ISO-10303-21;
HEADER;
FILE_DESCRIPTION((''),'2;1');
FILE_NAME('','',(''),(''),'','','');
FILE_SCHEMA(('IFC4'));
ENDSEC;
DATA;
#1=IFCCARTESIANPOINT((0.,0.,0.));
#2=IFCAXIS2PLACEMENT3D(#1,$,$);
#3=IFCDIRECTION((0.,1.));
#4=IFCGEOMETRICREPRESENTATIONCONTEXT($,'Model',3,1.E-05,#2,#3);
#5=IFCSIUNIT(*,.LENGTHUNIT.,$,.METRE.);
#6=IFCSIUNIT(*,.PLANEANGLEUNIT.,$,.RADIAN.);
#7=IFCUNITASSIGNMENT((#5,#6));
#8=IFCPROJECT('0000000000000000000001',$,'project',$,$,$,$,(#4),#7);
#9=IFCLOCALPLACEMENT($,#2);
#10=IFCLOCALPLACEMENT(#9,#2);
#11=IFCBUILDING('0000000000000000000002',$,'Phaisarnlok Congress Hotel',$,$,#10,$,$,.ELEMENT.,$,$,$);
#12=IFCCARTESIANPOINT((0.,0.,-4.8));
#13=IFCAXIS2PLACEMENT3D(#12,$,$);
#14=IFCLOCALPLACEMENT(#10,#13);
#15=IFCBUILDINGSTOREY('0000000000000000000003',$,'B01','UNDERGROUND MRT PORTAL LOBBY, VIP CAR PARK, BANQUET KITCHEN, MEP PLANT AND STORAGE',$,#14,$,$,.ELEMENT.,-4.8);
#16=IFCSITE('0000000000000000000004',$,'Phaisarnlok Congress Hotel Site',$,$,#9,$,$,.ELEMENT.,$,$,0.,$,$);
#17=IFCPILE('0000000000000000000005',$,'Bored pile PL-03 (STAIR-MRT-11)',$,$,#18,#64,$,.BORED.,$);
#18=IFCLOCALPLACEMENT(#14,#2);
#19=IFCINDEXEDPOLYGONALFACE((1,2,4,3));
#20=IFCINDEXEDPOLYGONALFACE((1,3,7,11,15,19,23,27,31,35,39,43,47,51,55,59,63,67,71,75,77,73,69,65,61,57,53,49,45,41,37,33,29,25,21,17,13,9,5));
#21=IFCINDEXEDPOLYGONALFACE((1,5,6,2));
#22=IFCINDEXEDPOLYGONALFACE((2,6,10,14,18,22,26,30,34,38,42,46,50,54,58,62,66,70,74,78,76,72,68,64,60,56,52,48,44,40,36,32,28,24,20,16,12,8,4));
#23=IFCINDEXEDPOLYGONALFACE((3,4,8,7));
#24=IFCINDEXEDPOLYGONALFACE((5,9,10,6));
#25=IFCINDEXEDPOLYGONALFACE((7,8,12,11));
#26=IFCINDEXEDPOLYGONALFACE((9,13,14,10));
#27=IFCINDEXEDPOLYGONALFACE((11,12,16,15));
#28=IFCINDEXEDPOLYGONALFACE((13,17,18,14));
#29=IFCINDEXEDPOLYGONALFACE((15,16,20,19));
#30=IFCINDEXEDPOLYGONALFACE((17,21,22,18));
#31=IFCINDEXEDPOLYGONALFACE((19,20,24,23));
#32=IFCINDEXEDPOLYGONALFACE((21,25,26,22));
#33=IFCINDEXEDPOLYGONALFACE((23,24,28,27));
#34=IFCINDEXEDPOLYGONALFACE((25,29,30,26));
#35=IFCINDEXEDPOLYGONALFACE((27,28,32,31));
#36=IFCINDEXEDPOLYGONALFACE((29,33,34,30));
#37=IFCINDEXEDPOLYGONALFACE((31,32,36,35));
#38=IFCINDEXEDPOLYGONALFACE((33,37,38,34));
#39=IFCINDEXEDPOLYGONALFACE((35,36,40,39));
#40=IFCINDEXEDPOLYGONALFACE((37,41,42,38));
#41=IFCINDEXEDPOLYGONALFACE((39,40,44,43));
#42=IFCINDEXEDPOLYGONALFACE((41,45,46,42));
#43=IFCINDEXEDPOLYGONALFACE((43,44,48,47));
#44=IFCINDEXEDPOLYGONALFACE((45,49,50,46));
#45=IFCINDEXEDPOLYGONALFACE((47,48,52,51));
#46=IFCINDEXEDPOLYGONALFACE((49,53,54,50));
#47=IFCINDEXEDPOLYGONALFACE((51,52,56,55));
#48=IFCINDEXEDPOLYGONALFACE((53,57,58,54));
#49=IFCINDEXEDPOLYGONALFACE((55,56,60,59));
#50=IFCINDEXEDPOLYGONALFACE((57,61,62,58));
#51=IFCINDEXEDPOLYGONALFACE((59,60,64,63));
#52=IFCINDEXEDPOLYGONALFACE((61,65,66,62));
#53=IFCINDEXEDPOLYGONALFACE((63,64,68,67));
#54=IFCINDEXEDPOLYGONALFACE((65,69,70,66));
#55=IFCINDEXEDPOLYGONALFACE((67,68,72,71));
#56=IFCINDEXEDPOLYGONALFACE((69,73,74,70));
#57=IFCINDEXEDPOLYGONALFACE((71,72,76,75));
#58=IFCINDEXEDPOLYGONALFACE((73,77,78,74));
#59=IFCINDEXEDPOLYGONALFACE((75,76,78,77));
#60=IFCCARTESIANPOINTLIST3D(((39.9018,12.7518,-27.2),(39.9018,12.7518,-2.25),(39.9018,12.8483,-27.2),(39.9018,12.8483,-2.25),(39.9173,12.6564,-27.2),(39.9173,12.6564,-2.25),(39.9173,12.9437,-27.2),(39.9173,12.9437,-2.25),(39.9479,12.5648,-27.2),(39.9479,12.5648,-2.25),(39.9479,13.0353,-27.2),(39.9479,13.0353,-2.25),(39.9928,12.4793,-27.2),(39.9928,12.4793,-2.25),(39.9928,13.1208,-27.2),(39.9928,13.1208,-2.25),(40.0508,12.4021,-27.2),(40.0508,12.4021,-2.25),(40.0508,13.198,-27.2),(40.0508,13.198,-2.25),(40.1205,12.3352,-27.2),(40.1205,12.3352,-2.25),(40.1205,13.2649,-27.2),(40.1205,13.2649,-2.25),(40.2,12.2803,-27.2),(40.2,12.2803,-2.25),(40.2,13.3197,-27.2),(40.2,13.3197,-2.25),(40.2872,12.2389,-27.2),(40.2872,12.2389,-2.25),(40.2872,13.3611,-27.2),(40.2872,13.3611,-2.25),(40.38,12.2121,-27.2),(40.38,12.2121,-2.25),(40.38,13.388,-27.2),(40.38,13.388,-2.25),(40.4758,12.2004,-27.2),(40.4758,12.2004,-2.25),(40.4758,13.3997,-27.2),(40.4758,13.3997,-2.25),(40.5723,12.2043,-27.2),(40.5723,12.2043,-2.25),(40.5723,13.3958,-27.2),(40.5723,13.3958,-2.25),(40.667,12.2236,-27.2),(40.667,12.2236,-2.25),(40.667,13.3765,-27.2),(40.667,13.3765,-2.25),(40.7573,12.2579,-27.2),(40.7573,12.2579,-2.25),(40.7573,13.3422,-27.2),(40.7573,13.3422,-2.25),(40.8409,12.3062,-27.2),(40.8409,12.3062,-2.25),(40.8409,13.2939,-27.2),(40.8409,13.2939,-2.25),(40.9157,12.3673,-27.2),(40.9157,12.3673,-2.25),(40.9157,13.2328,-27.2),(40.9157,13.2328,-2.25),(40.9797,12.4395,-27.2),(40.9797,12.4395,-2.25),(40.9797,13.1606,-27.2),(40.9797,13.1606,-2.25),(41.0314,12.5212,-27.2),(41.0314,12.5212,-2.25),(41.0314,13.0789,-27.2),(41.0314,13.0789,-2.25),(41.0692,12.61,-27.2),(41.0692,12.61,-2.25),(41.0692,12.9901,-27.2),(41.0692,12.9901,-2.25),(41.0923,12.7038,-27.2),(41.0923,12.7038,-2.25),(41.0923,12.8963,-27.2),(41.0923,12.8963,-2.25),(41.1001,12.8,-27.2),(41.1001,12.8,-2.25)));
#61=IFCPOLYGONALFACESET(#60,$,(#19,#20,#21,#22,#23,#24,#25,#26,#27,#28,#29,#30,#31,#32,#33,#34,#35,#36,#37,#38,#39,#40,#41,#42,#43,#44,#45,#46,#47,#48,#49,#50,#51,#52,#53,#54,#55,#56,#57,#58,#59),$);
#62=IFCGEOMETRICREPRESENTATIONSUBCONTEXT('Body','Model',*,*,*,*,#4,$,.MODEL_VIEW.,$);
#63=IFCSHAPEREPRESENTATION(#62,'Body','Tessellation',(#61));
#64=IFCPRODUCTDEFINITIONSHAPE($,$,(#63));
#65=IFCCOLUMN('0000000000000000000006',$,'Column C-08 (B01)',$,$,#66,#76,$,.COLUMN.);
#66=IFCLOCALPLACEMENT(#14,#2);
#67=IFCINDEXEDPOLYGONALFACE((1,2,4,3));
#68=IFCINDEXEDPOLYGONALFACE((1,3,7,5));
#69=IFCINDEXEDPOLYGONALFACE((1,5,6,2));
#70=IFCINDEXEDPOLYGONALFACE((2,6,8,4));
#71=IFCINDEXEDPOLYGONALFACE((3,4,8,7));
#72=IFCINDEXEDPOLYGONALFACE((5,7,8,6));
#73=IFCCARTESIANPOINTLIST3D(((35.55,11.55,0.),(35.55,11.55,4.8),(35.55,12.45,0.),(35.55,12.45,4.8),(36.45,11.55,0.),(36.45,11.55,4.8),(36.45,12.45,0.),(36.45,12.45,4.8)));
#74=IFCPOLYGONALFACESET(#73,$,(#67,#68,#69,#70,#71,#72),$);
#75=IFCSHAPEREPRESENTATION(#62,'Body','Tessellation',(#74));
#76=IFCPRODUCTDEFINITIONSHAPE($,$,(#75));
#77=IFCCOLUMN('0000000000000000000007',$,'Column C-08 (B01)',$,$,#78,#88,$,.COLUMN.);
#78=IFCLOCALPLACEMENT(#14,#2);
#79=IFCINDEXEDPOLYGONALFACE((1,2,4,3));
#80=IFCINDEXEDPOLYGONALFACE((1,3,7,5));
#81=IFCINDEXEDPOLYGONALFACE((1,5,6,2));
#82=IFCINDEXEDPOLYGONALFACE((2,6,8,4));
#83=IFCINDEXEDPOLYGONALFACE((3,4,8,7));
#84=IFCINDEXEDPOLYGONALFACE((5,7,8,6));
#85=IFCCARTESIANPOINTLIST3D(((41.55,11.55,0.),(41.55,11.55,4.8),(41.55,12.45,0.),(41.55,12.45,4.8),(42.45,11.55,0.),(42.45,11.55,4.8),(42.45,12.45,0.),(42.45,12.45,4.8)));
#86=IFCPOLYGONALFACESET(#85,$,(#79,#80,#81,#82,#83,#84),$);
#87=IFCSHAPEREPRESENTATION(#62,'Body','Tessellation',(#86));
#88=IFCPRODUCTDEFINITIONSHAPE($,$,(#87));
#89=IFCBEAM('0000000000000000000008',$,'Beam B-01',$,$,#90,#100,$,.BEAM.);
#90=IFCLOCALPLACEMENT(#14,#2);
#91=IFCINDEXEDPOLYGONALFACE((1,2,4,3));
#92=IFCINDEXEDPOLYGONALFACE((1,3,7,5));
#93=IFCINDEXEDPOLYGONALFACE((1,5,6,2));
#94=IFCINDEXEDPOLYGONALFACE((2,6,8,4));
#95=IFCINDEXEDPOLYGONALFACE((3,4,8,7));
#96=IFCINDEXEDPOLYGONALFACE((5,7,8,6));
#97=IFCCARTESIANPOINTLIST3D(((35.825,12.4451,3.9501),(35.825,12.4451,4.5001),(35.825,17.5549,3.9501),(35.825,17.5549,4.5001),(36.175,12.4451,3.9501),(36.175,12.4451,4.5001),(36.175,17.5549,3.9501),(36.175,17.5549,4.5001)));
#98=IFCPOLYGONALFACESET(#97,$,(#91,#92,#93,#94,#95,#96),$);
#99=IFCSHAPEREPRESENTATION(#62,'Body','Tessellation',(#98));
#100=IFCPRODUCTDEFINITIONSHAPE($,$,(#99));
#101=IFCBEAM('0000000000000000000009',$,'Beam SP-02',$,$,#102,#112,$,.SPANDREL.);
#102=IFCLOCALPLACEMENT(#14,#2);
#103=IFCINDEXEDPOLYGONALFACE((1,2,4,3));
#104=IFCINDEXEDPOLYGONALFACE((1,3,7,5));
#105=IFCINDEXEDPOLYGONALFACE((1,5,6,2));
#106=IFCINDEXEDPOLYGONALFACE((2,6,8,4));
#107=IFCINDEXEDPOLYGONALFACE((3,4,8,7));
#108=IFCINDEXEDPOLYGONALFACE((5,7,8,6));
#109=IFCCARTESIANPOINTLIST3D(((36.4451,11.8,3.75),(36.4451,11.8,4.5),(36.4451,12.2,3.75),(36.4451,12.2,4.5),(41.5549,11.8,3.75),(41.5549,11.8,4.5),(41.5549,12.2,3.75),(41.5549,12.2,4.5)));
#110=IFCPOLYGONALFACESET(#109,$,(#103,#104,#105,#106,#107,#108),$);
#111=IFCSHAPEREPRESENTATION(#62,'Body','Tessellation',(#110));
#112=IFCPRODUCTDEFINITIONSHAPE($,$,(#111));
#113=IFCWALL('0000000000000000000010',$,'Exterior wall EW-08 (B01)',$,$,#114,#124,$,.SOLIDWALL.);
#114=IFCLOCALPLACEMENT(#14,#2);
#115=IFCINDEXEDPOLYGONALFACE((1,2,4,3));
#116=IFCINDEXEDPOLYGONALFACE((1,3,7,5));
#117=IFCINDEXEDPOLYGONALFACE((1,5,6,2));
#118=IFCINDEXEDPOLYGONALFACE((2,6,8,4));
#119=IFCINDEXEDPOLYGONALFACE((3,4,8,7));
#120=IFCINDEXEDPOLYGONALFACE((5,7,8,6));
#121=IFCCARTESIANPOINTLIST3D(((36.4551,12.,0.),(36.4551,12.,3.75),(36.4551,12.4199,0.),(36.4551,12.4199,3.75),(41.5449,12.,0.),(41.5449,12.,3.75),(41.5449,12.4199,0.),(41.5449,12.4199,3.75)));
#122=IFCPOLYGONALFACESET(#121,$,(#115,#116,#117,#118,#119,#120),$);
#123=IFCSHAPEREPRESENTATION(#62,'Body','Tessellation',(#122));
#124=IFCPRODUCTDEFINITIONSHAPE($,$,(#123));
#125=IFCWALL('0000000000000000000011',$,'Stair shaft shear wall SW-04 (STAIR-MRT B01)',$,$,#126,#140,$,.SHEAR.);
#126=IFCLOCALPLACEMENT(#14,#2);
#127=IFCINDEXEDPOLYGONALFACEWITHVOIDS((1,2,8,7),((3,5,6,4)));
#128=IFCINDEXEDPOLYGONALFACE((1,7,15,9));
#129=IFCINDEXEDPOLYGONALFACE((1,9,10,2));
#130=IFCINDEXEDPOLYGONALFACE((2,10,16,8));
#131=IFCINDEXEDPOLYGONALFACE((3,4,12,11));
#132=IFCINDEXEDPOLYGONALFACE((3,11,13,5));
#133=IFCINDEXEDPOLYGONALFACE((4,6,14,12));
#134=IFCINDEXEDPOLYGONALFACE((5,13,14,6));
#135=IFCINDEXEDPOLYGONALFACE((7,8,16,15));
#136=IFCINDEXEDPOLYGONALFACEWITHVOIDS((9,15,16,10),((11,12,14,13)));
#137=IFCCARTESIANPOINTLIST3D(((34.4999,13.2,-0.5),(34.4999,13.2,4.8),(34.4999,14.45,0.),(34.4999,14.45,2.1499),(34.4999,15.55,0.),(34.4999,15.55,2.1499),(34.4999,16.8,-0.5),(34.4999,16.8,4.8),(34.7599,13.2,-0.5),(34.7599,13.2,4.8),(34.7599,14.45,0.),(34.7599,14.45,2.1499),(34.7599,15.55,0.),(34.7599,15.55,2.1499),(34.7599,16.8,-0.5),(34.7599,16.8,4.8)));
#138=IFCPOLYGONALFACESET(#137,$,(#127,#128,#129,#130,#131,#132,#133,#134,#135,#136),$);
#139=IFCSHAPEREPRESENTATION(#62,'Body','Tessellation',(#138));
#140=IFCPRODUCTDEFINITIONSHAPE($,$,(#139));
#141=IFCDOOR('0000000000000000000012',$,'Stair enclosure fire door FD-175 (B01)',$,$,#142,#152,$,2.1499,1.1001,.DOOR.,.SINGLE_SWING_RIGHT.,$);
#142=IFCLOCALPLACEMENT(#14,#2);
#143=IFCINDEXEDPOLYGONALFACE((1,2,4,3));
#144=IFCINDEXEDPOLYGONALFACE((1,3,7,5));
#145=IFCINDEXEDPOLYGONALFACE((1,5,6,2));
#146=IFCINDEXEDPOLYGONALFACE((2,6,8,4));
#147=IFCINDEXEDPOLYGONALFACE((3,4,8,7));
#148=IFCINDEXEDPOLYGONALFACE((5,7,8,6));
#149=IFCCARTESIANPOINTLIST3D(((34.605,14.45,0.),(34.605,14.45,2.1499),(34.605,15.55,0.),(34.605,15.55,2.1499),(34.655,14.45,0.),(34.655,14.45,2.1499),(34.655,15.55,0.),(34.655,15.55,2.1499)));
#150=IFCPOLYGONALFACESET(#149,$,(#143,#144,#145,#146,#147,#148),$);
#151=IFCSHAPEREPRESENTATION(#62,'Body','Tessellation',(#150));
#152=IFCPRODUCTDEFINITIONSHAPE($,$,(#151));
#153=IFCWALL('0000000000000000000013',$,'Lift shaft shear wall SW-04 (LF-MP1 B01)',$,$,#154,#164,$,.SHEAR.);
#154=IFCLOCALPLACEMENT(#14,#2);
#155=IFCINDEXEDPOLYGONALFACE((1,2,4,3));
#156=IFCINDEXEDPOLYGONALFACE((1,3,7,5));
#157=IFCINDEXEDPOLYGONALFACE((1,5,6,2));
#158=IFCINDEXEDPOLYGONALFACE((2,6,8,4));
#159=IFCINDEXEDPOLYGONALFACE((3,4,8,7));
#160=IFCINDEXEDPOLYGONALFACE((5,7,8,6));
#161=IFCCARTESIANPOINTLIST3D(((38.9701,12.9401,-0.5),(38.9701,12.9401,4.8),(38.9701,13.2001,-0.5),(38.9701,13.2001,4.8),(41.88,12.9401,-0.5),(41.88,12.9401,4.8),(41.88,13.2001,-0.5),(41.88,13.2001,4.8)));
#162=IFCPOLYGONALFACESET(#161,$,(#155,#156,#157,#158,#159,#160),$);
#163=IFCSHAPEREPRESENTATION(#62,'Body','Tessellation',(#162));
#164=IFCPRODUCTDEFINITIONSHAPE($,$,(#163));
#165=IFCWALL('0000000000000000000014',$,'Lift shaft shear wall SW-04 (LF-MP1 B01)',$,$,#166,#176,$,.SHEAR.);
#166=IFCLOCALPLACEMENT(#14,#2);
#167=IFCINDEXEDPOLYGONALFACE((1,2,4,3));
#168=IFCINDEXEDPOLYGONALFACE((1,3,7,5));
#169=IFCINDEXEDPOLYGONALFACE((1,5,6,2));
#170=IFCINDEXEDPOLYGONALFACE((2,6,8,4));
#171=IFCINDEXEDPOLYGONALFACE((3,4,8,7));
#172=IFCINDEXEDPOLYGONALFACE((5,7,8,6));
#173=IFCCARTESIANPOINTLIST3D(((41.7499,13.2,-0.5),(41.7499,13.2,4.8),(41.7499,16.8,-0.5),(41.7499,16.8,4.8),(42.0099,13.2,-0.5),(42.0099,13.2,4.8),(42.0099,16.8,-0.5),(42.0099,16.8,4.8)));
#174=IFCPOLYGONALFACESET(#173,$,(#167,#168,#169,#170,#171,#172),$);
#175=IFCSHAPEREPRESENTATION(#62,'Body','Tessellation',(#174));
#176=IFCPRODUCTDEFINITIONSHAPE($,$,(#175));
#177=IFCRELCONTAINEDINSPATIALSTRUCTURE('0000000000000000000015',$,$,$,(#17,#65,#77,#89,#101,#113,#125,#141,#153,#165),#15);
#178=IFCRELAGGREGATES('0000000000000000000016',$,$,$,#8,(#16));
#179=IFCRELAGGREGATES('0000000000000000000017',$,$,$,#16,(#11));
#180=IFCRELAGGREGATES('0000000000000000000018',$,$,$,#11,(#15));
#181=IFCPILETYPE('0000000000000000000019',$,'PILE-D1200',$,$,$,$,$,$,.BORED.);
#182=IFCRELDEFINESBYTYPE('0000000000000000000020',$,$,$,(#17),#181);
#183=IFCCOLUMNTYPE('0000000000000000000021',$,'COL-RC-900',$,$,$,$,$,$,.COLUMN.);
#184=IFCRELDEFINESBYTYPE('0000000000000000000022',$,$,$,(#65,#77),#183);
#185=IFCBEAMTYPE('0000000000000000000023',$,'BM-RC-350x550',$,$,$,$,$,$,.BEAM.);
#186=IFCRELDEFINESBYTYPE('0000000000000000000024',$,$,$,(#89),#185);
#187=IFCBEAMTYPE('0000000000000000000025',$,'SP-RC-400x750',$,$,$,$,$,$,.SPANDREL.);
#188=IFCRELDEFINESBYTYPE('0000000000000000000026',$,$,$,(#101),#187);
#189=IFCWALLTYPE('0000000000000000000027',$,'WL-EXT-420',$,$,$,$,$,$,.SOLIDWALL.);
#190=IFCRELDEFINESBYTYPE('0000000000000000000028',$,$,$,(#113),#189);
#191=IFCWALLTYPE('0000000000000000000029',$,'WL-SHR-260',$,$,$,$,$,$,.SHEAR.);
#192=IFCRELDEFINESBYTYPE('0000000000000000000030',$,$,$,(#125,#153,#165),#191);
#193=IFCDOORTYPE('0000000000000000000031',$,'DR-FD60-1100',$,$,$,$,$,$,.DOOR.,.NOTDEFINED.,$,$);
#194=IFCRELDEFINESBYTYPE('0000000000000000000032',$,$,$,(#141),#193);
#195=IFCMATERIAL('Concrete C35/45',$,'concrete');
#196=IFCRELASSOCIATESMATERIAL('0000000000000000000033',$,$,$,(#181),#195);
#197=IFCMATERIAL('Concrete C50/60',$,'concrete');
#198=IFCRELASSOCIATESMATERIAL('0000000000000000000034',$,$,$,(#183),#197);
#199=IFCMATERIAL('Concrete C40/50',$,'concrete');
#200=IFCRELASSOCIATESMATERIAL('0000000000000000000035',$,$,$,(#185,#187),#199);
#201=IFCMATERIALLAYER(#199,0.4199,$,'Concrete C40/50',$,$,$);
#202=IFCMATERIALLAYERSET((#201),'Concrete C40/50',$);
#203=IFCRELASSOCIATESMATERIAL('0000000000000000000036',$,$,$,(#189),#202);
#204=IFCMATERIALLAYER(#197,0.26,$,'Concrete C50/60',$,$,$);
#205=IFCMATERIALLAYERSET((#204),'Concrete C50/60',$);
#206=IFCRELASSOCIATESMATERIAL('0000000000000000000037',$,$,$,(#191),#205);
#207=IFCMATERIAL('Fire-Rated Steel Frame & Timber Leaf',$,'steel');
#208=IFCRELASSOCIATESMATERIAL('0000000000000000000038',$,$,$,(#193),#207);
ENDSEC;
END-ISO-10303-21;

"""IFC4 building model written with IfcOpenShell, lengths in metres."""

from ifc_helpers import new_model, si_unit, direction, frame, frame_2d, origin, origin_2d, place, context, subcontext, project, spatial, rectangle, circle, extrude, material, layer, layer_set, material_profile, profile_set, type_object, element, fill, save


model = new_model("IFC4")

# Units and contexts
model_context = context("Model", 3, precision=1e-05, world=origin(), true_north=direction((0.0, 1.0)))
body_context = subcontext(model_context, "Body", "Model", "MODEL_VIEW")
ifc_project = project(units=[si_unit("LENGTHUNIT", "METRE"), si_unit("PLANEANGLEUNIT", "RADIAN")], contexts=[model_context])

# Site, building, storey
site_placement = place(None, origin())
site = spatial("IfcSite", under=ifc_project, at=site_placement, Name="Phaisarnlok Congress Hotel Site", CompositionType="ELEMENT", RefElevation=0.0)
building_placement = place(site_placement, origin())
building = spatial("IfcBuilding", under=site, at=building_placement, Name="Phaisarnlok Congress Hotel", CompositionType="ELEMENT")
storey_placement = place(building_placement, frame((0.0, 0.0, -4.8)))
storey = spatial("IfcBuildingStorey", under=building, at=storey_placement, Name="B01", Description="UNDERGROUND MRT PORTAL LOBBY, VIP CAR PARK, BANQUET KITCHEN, MEP PLANT AND STORAGE", CompositionType="ELEMENT", Elevation=-4.8)

# Shared definitions
ifc_material_1 = material(Name="Concrete C40/50", Category="concrete")

# Pile
ifc_material_2 = material(Name="Concrete C35/45", Category="concrete")
ifc_material_profile_1 = material_profile(ifc_material_2, circle(Radius=0.6001, at=origin_2d()), Name="BORED PILE D1200")
ifc_profile_set_1 = profile_set([ifc_material_profile_1], Name="Concrete C35/45")
pile_type = type_object("IfcPileType", Name="PILE-D1200", PredefinedType="BORED", material=ifc_profile_set_1)
for number, where, z_axis, x_axis, name in (
    (1, (40.5, 12.8, -2.25), (0.0, 0.0, -1.0), (1.0, 0.0, 0.0), "Bored pile PL-03 (STAIR-MRT-11)"),
):
    element("IfcPile", number, at=place(storey_placement, frame(where, z_axis=z_axis, x_axis=x_axis)), inside=storey, type_object=pile_type, Name=name, PredefinedType="BORED", context=body_context, shape_type="SweptSolid", body=[
        extrude(circle(Radius=0.6001, at=origin_2d()), origin(), (0.0, 0.0, 1.0), 24.95),
    ])

# Columns
ifc_material_3 = material(Name="Concrete C50/60", Category="concrete")
ifc_material_profile_2 = material_profile(ifc_material_3, rectangle(XDim=0.8999, YDim=0.8999, at=origin_2d()), Name="RC 900x900")
ifc_profile_set_2 = profile_set([ifc_material_profile_2], Name="Concrete C50/60")
column_type = type_object("IfcColumnType", Name="COL-RC-900", PredefinedType="COLUMN", material=ifc_profile_set_2)
for number, where, z_axis, x_axis, name in (
    (2, (36.0, 12.0, 0.0), (0.0, 0.0, 1.0), (1.0, 0.0, 0.0), "Column C-08 (B01)"),
    (3, (42.0, 12.0, 0.0), (0.0, 0.0, 1.0), (1.0, 0.0, 0.0), "Column C-08 (B01)"),
):
    element("IfcColumn", number, at=place(storey_placement, frame(where, z_axis=z_axis, x_axis=x_axis)), inside=storey, type_object=column_type, Name=name, PredefinedType="COLUMN", context=body_context, shape_type="SweptSolid", body=[
        extrude(rectangle(XDim=0.8999, YDim=0.8999, at=origin_2d()), origin(), (0.0, 0.0, 1.0), 4.8),
    ])

# Beams
ifc_material_profile_3 = material_profile(ifc_material_1, rectangle(XDim=0.3501, YDim=0.55, at=origin_2d()), Name="RC 350x550")
ifc_profile_set_3 = profile_set([ifc_material_profile_3], Name="Concrete C40/50")
beam_type_1 = type_object("IfcBeamType", Name="BM-RC-350x550", PredefinedType="BEAM", material=ifc_profile_set_3)
beam_1_placement = place(storey_placement, frame((36.0, 12.4451, 4.2251), z_axis=(0.0, 1.0, 0.0), x_axis=(-1.0, 0.0, 0.0)))
element("IfcBeam", 4, at=beam_1_placement, inside=storey, type_object=beam_type_1, Name="Beam B-01", PredefinedType="BEAM", context=body_context, shape_type="SweptSolid", body=[
    extrude(rectangle(XDim=0.3501, YDim=0.55, at=origin_2d()), origin(), (0.0, 0.0, 1.0), 5.1099),
])
ifc_material_profile_4 = material_profile(ifc_material_1, rectangle(XDim=0.3999, YDim=0.75, at=origin_2d()), Name="RC 400x750")
ifc_profile_set_4 = profile_set([ifc_material_profile_4], Name="Concrete C40/50")
beam_type_2 = type_object("IfcBeamType", Name="SP-RC-400x750", PredefinedType="SPANDREL", material=ifc_profile_set_4)
beam_2_placement = place(storey_placement, frame((36.4451, 12.0, 4.125), z_axis=(1.0, 0.0, 0.0), x_axis=(0.0, 1.0, 0.0)))
element("IfcBeam", 5, at=beam_2_placement, inside=storey, type_object=beam_type_2, Name="Beam SP-02", PredefinedType="SPANDREL", context=body_context, shape_type="SweptSolid", body=[
    extrude(rectangle(XDim=0.3999, YDim=0.75, at=origin_2d()), origin(), (0.0, 0.0, 1.0), 5.1099),
])

# Wall
ifc_layer_1 = layer(ifc_material_1, 0.4199, Name="Concrete C40/50")
ifc_layer_set_1 = layer_set([ifc_layer_1], Name="Concrete C40/50")
wall_type_1 = type_object("IfcWallType", Name="WL-EXT-420", PredefinedType="SOLIDWALL", material=ifc_layer_set_1)
wall_1_placement = place(storey_placement, frame((36.4551, 12.21, 0.0), z_axis=(0.0, 0.0, 1.0), x_axis=(1.0, 0.0, 0.0)))
element("IfcWall", 6, at=wall_1_placement, inside=storey, type_object=wall_type_1, Name="Exterior wall EW-08 (B01)", PredefinedType="SOLIDWALL", context=body_context, shape_type="SweptSolid", body=[
    extrude(rectangle(XDim=5.0898, YDim=0.4199, at=frame_2d((2.5449, 0.0))), origin(), (0.0, 0.0, 1.0), 3.75),
])

# Wall, opening, door
ifc_layer_2 = layer(ifc_material_3, 0.26, Name="Concrete C50/60")
ifc_layer_set_2 = layer_set([ifc_layer_2], Name="Concrete C50/60")
wall_type_2 = type_object("IfcWallType", Name="WL-SHR-260", PredefinedType="SHEAR", material=ifc_layer_set_2)
wall_2_placement = place(storey_placement, frame((34.6299, 13.2, -0.5), z_axis=(0.0, 0.0, 1.0), x_axis=(0.0, 1.0, 0.0)))
wall_2 = element("IfcWall", 7, at=wall_2_placement, inside=storey, type_object=wall_type_2, Name="Stair shaft shear wall SW-04 (STAIR-MRT B01)", PredefinedType="SHEAR", context=body_context, shape_type="SweptSolid", body=[
    extrude(rectangle(XDim=3.6001, YDim=0.26, at=frame_2d((1.8, 0.0))), origin(), (0.0, 0.0, 1.0), 5.3),
])
opening_1_placement = place(wall_2_placement, frame((1.25, 0.0, 0.5)))
opening_1 = element("IfcOpeningElement", 8, at=opening_1_placement, cuts=wall_2, PredefinedType="OPENING", context=body_context, shape_type="SweptSolid", body=[
    extrude(rectangle(XDim=1.1001, YDim=2.1499, at=frame_2d((0.55, 1.075))), frame((0.0, 0.1401, 0.0), z_axis=(0.0, -1.0, 0.0), x_axis=(1.0, 0.0, 0.0)), (0.0, 0.0, 1.0), 0.28),
])
ifc_material_4 = material(Name="Fire-Rated Steel Frame & Timber Leaf", Category="steel")
door_type_1 = type_object("IfcDoorType", Name="DR-FD60-1100", OperationType="NOTDEFINED", PredefinedType="DOOR", material=ifc_material_4)
door_1_placement = place(opening_1_placement, origin())
door_1 = element("IfcDoor", 9, at=door_1_placement, inside=storey, type_object=door_type_1, Name="Stair enclosure fire door FD-175 (B01)", OperationType="SINGLE_SWING_RIGHT", OverallHeight=2.1499, OverallWidth=1.1001, PredefinedType="DOOR", context=body_context, shape_type="SweptSolid", body=[
    extrude(rectangle(XDim=1.1001, YDim=2.1499, at=frame_2d((0.55, 1.075))), frame((0.0, 0.0249, 0.0), z_axis=(0.0, -1.0, 0.0), x_axis=(1.0, 0.0, 0.0)), (0.0, 0.0, 1.0), 0.05),
])
fill(opening_1, door_1)

# Walls
wall_3_placement = place(storey_placement, frame((38.97, 13.0701, -0.5), z_axis=(0.0, 0.0, 1.0), x_axis=(1.0, 0.0, 0.0)))
element("IfcWall", 10, at=wall_3_placement, inside=storey, type_object=wall_type_2, Name="Lift shaft shear wall SW-04 (LF-MP1 B01)", PredefinedType="SHEAR", context=body_context, shape_type="SweptSolid", body=[
    extrude(rectangle(XDim=2.9099, YDim=0.26, at=frame_2d((1.4551, 0.0))), origin(), (0.0, 0.0, 1.0), 5.3),
])
wall_4_placement = place(storey_placement, frame((41.8799, 13.2, -0.5), z_axis=(0.0, 0.0, 1.0), x_axis=(0.0, 1.0, 0.0)))
element("IfcWall", 11, at=wall_4_placement, inside=storey, type_object=wall_type_2, Name="Lift shaft shear wall SW-04 (LF-MP1 B01)", PredefinedType="SHEAR", context=body_context, shape_type="SweptSolid", body=[
    extrude(rectangle(XDim=3.6001, YDim=0.26, at=frame_2d((1.8, 0.0))), origin(), (0.0, 0.0, 1.0), 5.3),
])

save(model, "model.ifc")
